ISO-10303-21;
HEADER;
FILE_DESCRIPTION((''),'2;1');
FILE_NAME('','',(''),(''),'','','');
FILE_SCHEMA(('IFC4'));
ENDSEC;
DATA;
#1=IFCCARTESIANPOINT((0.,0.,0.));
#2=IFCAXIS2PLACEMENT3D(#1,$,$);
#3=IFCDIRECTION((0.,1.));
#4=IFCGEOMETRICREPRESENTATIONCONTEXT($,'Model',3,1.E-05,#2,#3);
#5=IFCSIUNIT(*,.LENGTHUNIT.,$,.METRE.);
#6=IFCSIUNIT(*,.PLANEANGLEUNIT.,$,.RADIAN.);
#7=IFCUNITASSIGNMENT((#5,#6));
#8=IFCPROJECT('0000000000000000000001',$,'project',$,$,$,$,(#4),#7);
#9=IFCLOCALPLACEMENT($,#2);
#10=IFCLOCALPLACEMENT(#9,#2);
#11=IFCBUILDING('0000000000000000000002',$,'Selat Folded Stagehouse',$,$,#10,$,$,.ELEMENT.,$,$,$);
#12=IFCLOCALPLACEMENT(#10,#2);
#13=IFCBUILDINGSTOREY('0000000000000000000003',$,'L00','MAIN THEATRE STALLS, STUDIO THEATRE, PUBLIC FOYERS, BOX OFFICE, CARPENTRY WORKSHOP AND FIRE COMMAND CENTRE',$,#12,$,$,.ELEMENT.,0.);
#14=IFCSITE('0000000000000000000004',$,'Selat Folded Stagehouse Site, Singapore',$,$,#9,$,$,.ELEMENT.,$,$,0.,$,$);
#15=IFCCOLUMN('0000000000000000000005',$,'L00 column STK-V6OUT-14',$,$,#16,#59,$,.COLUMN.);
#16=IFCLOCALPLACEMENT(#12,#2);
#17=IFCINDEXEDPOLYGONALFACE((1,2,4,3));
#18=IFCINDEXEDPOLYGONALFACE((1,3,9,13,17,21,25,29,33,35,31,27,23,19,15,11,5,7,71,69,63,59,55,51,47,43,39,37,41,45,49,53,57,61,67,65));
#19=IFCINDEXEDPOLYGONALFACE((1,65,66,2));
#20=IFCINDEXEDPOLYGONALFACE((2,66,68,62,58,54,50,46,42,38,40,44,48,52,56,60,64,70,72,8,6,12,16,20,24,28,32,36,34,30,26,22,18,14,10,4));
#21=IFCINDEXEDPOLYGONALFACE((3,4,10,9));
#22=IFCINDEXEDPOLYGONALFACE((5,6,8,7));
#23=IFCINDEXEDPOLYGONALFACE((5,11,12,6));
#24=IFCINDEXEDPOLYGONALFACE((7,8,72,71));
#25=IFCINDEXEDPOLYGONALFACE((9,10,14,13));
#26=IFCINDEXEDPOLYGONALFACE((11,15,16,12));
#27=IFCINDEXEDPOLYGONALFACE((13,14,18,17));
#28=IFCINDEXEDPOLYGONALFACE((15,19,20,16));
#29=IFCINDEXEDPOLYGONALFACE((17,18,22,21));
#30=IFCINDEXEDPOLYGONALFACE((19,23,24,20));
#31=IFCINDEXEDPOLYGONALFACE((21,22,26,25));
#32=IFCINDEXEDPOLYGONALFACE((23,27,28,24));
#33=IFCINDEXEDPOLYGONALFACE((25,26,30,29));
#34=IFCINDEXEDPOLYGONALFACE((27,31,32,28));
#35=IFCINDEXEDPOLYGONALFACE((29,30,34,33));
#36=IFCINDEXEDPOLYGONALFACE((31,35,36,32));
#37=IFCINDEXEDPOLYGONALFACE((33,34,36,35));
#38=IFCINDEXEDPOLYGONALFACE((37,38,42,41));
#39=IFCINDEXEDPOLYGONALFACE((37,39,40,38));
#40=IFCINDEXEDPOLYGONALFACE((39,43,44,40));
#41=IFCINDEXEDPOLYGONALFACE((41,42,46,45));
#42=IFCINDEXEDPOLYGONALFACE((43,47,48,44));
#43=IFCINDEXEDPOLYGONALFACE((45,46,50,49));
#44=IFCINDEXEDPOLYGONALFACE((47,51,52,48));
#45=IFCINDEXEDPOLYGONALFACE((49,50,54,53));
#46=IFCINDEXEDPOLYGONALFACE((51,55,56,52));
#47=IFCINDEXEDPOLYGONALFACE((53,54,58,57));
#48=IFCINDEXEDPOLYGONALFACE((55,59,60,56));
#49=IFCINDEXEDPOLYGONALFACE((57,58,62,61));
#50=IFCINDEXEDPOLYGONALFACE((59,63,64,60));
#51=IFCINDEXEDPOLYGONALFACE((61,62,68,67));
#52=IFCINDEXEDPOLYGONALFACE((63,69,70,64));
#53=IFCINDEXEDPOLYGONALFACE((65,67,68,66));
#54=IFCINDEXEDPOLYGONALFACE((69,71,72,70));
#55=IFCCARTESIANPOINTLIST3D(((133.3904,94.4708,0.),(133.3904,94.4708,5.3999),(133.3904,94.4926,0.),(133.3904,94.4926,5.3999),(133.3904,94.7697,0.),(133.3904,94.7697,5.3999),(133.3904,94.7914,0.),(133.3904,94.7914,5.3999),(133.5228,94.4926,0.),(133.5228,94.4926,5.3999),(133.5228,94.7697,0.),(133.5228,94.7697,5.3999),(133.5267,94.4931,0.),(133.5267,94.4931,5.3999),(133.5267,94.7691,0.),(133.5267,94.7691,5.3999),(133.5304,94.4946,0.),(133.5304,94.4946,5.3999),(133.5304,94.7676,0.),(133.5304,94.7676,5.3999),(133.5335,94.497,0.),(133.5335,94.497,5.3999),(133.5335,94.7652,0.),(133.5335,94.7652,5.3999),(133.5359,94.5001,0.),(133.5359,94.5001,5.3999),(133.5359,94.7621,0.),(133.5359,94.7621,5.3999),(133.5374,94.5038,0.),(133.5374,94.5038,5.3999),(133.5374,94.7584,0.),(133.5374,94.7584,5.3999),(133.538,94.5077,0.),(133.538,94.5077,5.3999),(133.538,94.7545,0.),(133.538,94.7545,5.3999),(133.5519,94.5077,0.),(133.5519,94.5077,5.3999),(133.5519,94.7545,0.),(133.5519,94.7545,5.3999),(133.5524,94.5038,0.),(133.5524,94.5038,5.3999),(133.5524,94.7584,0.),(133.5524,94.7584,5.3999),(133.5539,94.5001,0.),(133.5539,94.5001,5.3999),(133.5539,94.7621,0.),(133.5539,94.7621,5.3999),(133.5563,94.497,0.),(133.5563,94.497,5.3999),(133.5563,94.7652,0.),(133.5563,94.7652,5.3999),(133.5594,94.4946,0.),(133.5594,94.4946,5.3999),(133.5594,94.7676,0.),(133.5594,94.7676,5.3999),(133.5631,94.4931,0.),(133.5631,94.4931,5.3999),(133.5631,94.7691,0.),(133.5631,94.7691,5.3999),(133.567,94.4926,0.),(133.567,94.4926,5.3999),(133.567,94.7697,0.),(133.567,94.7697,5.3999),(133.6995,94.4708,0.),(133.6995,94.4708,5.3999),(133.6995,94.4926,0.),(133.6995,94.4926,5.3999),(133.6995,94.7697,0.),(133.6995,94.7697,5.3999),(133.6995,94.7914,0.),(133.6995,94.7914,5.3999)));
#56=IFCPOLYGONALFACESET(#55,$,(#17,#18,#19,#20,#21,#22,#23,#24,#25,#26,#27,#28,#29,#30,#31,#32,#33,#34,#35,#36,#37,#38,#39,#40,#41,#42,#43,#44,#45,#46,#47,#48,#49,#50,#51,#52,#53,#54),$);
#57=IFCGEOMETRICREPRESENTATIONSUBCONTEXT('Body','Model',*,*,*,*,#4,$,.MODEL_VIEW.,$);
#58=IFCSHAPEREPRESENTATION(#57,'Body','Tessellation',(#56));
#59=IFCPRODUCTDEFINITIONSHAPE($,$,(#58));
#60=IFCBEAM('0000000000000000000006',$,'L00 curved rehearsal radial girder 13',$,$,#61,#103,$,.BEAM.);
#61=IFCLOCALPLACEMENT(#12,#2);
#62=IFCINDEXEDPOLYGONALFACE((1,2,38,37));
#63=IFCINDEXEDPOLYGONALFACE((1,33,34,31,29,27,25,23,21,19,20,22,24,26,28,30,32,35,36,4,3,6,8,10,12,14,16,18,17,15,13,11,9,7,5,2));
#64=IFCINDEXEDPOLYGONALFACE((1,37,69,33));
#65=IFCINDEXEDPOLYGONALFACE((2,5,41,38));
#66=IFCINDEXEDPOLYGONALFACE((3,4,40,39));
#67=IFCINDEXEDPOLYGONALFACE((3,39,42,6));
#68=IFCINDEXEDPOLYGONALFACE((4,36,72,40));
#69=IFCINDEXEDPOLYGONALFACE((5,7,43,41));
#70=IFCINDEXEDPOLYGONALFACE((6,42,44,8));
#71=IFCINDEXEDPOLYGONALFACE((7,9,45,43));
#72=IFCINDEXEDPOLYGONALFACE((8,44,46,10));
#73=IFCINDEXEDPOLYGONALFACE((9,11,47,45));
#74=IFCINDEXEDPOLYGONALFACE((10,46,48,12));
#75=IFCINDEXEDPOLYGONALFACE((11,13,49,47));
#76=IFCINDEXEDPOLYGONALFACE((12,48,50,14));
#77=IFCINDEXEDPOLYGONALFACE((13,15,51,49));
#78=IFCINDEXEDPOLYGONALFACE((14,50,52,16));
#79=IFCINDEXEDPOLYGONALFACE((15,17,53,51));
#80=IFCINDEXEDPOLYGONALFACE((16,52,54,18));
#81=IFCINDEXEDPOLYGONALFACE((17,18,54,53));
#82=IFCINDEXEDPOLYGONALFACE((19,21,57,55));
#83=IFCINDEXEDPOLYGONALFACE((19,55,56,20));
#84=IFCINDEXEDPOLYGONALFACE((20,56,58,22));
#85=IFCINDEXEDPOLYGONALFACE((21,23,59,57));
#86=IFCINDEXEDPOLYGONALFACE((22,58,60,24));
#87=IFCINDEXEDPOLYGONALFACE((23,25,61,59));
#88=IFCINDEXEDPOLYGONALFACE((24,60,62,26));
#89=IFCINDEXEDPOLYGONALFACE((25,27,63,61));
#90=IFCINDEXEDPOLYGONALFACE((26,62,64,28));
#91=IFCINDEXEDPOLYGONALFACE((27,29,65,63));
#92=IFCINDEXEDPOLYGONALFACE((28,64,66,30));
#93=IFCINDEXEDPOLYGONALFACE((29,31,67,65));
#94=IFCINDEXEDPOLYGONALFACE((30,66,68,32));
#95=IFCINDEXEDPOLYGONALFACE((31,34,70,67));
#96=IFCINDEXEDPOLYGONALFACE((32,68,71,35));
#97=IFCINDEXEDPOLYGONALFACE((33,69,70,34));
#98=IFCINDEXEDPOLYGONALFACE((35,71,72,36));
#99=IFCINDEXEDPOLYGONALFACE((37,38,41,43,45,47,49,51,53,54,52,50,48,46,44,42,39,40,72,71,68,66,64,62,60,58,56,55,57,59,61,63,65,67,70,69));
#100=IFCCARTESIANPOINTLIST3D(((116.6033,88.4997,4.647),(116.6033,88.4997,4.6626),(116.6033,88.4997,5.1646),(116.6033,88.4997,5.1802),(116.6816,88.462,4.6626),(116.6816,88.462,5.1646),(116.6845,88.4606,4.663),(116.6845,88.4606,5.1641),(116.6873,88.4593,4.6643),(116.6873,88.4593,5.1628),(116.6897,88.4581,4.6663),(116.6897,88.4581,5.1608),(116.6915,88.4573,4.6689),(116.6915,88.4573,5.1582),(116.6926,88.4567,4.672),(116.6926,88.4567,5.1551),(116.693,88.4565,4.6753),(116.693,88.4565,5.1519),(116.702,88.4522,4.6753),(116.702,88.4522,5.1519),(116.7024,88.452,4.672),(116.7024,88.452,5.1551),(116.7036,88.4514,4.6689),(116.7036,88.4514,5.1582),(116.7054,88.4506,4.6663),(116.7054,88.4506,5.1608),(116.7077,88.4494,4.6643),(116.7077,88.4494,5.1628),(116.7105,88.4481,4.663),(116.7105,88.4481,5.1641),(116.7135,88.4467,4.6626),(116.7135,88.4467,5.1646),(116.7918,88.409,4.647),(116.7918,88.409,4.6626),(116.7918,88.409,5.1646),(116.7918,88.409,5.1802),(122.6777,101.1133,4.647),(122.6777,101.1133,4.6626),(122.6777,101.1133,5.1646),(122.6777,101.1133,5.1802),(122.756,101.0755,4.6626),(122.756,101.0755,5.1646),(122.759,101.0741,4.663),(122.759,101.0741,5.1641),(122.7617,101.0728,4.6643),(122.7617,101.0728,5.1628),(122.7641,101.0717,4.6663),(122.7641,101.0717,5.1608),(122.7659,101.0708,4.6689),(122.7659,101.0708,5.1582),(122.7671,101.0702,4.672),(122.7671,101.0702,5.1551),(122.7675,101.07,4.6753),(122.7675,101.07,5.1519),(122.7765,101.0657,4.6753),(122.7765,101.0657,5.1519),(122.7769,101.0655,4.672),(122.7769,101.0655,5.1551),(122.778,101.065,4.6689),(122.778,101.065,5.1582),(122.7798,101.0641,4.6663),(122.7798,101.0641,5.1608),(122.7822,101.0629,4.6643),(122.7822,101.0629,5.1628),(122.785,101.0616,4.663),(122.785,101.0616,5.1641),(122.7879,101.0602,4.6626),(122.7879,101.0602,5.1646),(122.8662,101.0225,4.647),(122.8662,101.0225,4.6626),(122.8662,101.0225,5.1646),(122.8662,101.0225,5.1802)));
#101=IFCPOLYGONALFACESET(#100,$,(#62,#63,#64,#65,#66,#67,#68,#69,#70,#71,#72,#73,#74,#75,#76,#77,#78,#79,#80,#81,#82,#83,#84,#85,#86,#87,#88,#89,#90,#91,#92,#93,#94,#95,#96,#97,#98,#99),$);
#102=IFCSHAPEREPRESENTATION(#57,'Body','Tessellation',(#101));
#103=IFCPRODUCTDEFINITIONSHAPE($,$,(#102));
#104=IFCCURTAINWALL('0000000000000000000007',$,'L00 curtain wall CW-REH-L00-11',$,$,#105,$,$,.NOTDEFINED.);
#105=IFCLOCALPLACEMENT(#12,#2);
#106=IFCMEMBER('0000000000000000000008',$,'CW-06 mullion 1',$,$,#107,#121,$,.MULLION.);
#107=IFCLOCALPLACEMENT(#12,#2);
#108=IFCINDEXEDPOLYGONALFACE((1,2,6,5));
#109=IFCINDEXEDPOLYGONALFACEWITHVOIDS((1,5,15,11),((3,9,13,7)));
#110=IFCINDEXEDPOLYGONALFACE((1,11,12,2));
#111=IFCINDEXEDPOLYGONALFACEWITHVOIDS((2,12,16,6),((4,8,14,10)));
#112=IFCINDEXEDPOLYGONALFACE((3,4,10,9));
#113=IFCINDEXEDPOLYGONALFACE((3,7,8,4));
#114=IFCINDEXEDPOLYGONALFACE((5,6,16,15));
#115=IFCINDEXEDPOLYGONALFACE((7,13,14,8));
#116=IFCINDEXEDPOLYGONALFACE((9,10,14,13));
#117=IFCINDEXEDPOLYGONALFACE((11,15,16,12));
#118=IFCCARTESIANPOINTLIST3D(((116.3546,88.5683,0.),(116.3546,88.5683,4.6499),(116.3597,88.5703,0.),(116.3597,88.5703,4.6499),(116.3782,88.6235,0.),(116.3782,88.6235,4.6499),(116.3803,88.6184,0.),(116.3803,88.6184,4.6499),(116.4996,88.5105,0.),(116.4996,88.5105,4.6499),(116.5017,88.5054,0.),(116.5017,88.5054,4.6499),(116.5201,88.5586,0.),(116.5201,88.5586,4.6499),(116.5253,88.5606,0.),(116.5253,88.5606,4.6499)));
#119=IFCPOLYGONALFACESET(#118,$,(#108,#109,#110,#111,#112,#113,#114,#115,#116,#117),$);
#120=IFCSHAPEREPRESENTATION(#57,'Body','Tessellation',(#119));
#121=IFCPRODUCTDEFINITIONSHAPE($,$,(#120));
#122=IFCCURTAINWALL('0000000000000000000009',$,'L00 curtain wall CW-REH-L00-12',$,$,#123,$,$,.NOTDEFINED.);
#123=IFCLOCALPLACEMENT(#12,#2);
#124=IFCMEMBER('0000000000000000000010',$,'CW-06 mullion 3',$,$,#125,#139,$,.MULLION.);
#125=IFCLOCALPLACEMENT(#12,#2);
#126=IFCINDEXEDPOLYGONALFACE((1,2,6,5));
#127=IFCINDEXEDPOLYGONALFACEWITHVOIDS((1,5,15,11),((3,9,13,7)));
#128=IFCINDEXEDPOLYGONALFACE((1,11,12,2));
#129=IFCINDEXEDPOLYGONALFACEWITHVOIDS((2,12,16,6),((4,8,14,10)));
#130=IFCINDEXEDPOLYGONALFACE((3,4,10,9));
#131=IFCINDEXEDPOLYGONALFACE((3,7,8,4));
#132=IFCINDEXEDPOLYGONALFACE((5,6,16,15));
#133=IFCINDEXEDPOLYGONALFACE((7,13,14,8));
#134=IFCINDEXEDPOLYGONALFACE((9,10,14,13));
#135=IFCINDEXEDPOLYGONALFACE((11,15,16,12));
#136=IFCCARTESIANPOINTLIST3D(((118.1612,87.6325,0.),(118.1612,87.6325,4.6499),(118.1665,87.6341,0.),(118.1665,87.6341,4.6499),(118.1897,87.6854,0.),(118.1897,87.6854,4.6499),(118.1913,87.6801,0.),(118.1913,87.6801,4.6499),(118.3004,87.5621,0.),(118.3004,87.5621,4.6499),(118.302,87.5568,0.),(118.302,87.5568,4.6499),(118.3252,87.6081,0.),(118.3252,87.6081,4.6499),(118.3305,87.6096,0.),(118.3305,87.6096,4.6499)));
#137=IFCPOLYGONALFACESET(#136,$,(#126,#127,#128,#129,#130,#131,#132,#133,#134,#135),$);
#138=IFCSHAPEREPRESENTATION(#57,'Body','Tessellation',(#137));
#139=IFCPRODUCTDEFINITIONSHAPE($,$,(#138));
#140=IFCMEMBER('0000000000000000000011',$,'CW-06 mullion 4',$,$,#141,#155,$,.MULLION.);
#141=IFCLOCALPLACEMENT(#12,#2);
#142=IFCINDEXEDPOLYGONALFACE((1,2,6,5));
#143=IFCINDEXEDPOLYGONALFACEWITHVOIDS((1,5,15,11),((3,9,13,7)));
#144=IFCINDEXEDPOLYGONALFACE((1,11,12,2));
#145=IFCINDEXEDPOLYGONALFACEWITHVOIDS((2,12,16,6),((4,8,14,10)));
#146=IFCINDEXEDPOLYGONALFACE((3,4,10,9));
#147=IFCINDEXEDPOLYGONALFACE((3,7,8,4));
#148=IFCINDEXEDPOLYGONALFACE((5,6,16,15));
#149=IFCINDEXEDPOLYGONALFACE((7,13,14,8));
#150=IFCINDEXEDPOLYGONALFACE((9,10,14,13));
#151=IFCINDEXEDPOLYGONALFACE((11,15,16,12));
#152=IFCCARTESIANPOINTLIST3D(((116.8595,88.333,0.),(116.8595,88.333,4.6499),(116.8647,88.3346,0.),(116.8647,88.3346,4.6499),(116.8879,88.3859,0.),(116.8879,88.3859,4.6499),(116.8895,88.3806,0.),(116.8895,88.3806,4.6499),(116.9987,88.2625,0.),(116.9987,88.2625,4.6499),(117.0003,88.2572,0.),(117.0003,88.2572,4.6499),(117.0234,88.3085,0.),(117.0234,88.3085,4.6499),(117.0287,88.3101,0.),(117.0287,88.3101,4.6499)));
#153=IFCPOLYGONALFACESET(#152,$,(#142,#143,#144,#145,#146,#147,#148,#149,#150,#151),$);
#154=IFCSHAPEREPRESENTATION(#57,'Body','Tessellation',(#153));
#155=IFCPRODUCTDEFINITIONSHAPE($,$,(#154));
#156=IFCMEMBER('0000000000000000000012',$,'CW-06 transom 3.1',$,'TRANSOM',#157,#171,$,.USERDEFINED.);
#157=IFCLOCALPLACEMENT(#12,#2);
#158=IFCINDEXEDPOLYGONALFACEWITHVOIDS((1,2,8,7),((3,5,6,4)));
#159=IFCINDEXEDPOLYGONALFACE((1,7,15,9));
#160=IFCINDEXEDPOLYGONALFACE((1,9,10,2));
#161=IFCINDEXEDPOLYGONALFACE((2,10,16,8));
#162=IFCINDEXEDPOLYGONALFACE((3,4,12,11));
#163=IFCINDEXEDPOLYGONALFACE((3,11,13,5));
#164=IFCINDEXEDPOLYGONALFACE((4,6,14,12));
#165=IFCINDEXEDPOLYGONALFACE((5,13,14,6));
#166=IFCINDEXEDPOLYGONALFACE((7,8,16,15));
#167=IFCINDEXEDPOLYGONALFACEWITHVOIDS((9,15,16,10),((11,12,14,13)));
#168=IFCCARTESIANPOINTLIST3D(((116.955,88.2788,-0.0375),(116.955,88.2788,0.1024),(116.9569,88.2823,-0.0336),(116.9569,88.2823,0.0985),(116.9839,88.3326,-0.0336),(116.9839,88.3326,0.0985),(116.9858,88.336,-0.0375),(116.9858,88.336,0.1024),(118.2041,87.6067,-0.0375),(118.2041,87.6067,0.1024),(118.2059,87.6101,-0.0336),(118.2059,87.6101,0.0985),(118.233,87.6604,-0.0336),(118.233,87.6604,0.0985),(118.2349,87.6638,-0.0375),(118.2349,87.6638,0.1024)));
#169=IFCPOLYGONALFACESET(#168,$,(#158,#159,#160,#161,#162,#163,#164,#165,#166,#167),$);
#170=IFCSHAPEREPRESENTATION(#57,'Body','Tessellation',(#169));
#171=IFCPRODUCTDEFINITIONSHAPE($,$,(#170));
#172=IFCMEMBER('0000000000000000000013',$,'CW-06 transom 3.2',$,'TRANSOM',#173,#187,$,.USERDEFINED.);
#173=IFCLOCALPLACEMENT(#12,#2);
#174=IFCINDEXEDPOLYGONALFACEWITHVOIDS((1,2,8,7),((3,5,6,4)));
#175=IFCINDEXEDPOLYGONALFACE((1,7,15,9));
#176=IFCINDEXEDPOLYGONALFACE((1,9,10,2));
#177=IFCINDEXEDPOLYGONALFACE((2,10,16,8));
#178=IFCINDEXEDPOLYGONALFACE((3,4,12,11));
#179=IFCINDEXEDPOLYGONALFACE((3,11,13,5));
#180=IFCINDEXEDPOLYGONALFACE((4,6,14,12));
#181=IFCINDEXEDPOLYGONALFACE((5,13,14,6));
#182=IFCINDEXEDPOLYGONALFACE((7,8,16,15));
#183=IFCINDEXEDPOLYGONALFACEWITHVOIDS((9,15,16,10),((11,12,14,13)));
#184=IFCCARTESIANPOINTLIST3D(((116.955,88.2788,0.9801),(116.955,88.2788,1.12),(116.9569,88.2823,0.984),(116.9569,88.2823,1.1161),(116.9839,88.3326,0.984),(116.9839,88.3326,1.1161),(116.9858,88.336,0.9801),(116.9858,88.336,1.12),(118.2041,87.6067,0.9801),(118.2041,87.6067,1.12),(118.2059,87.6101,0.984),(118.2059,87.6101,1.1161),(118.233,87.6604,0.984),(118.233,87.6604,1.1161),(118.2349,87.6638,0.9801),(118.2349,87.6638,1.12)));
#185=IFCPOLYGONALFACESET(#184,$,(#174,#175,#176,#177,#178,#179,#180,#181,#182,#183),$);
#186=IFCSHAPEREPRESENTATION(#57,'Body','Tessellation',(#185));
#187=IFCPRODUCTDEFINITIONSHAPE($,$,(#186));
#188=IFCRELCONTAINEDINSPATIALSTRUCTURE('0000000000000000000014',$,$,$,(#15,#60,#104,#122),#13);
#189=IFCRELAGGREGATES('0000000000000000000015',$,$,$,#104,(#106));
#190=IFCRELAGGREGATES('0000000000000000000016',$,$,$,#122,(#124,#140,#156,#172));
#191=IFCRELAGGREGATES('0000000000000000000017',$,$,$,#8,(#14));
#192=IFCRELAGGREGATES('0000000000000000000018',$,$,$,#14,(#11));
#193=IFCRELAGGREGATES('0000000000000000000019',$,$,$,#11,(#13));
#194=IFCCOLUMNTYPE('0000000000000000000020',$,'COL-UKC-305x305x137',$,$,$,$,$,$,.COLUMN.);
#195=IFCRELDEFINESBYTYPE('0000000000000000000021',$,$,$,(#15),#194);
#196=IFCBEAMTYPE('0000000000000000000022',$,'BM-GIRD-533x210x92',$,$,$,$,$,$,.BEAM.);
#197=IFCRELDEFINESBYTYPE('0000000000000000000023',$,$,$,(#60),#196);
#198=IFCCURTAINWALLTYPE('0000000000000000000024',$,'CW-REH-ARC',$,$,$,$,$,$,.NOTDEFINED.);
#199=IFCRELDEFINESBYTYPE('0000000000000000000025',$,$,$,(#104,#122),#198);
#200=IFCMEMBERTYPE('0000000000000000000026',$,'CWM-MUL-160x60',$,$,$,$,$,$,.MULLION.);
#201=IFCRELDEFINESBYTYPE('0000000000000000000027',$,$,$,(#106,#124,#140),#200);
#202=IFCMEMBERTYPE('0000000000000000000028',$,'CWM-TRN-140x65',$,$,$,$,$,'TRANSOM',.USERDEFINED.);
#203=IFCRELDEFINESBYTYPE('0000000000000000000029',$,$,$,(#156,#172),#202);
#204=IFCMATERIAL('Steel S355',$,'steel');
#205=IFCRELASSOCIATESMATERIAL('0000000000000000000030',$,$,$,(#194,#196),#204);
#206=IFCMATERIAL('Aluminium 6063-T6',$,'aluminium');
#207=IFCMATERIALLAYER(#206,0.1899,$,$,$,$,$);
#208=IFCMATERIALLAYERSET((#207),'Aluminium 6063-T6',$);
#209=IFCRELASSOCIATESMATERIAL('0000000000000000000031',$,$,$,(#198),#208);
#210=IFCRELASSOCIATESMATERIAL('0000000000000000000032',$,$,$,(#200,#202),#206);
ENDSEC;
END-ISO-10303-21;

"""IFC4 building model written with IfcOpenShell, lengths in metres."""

from ifc_helpers import new_model, si_unit, direction, frame, origin, origin_2d, place, context, subcontext, project, spatial, hollow_rectangle, i_section, extrude, material, layer, layer_set, material_profile, profile_set, type_object, element, aggregate, save


model = new_model("IFC4")

# Units and contexts
model_context = context("Model", 3, precision=1e-05, world=origin(), true_north=direction((0.0, 1.0)))
body_context = subcontext(model_context, "Body", "Model", "MODEL_VIEW")
ifc_project = project(units=[si_unit("LENGTHUNIT", "METRE"), si_unit("PLANEANGLEUNIT", "RADIAN")], contexts=[model_context])

# Site, building, storey
site_placement = place(None, origin())
site = spatial("IfcSite", under=ifc_project, at=site_placement, Name="Selat Folded Stagehouse Site, Singapore", CompositionType="ELEMENT", RefElevation=0.0)
building_placement = place(site_placement, origin())
building = spatial("IfcBuilding", under=site, at=building_placement, Name="Selat Folded Stagehouse", CompositionType="ELEMENT")
storey_placement = place(building_placement, origin())
storey = spatial("IfcBuildingStorey", under=building, at=storey_placement, Name="L00", Description="MAIN THEATRE STALLS, STUDIO THEATRE, PUBLIC FOYERS, BOX OFFICE, CARPENTRY WORKSHOP AND FIRE COMMAND CENTRE", CompositionType="ELEMENT", Elevation=0.0)

# Column
ifc_material_1 = material(Name="Steel S355", Category="steel")
ifc_material_profile_1 = material_profile(ifc_material_1, i_section(OverallWidth=0.3091, OverallDepth=0.3206, WebThickness=0.0139, FlangeThickness=0.0217, FilletRadius=0.0151, at=origin_2d()), Name="UKC 305x305x137")
ifc_profile_set_1 = profile_set([ifc_material_profile_1], Name="Steel S355")
column_type_1 = type_object("IfcColumnType", Name="COL-UKC-305x305x137", PredefinedType="COLUMN", material=ifc_profile_set_1)
for number, where, z_axis, x_axis, name in (
    (1, (133.5449, 94.6311, 0.0), (0.0, 0.0, 1.0), (1.0, 0.0, 0.0), "L00 column STK-V6OUT-14"),
):
    element("IfcColumn", number, at=place(storey_placement, frame(where, z_axis=z_axis, x_axis=x_axis)), inside=storey, type_object=column_type_1, Name=name, PredefinedType="COLUMN", context=body_context, shape_type="SweptSolid", body=[
        extrude(i_section(OverallWidth=0.3091, OverallDepth=0.3206, WebThickness=0.0139, FlangeThickness=0.0217, FilletRadius=0.0151, at=origin_2d()), origin(), (0.0, 0.0, 1.0), 5.3999),
    ])

# Beam
ifc_material_profile_2 = material_profile(ifc_material_1, i_section(OverallWidth=0.2092, OverallDepth=0.5332, WebThickness=0.01, FlangeThickness=0.0156, FilletRadius=0.0127, at=origin_2d()), Name="UKB 533x210x92")
ifc_profile_set_2 = profile_set([ifc_material_profile_2], Name="Steel S355")
beam_type_1 = type_object("IfcBeamType", Name="BM-GIRD-533x210x92", PredefinedType="BEAM", material=ifc_profile_set_2)
beam_1_placement = place(storey_placement, frame((116.6975, 88.4543, 4.9136), z_axis=(0.43389, 0.900966, 0.0), x_axis=(-0.900966, 0.43389, 0.0)))
element("IfcBeam", 2, at=beam_1_placement, inside=storey, type_object=beam_type_1, Name="L00 curved rehearsal radial girder 13", PredefinedType="BEAM", context=body_context, shape_type="SweptSolid", body=[
    extrude(i_section(OverallWidth=0.2092, OverallDepth=0.5332, WebThickness=0.01, FlangeThickness=0.0156, FilletRadius=0.0127, at=origin_2d()), origin(), (0.0, 0.0, 1.0), 14.0),
])

# Curtain wall, member
ifc_material_2 = material(Name="Aluminium 6063-T6", Category="aluminium")
ifc_layer_1 = layer(ifc_material_2, 0.1899)
ifc_layer_set_1 = layer_set([ifc_layer_1], Name="Aluminium 6063-T6")
curtain_wall_type = type_object("IfcCurtainWallType", Name="CW-REH-ARC", PredefinedType="NOTDEFINED", material=ifc_layer_set_1)
curtain_wall_1_placement = place(storey_placement, origin())
curtain_wall_1 = element("IfcCurtainWall", 3, at=curtain_wall_1_placement, inside=storey, type_object=curtain_wall_type, Name="L00 curtain wall CW-REH-L00-11", PredefinedType="NOTDEFINED")
ifc_material_profile_3 = material_profile(ifc_material_2, hollow_rectangle(XDim=0.0601, YDim=0.1599, WallThickness=0.0039, at=origin_2d()), Name="ALU 160x60x4.0")
ifc_profile_set_3 = profile_set([ifc_material_profile_3], Name="Aluminium 6063-T6")
member_type_1 = type_object("IfcMemberType", Name="CWM-MUL-160x60", PredefinedType="MULLION", material=ifc_profile_set_3)
member_1_placement = place(storey_placement, frame((116.4399, 88.5645, 0.0), z_axis=(0.0, 0.0, 1.0), x_axis=(-0.393012, -0.919533, 0.0)))
member_1 = element("IfcMember", 4, at=member_1_placement, type_object=member_type_1, Name="CW-06 mullion 1", PredefinedType="MULLION", context=body_context, shape_type="SweptSolid", body=[
    extrude(hollow_rectangle(XDim=0.0601, YDim=0.1599, WallThickness=0.0039, at=origin_2d()), origin(), (0.0, 0.0, 1.0), 4.6499),
])
aggregate(curtain_wall_1, [member_1])

# Curtain wall, members
curtain_wall_2_placement = place(storey_placement, origin())
curtain_wall_2 = element("IfcCurtainWall", 5, at=curtain_wall_2_placement, inside=storey, type_object=curtain_wall_type, Name="L00 curtain wall CW-REH-L00-12", PredefinedType="NOTDEFINED")
member_2_placement = place(storey_placement, frame((118.2458, 87.6211, 0.0), z_axis=(0.0, 0.0, 1.0), x_axis=(-0.473859, -0.880601, 0.0)))
member_2 = element("IfcMember", 6, at=member_2_placement, type_object=member_type_1, Name="CW-06 mullion 3", PredefinedType="MULLION", context=body_context, shape_type="SweptSolid", body=[
    extrude(hollow_rectangle(XDim=0.0601, YDim=0.1599, WallThickness=0.0039, at=origin_2d()), origin(), (0.0, 0.0, 1.0), 4.6499),
])
member_3_placement = place(storey_placement, frame((116.9441, 88.3215, 0.0), z_axis=(0.0, 0.0, 1.0), x_axis=(-0.473859, -0.880601, 0.0)))
member_3 = element("IfcMember", 7, at=member_3_placement, type_object=member_type_1, Name="CW-06 mullion 4", PredefinedType="MULLION", context=body_context, shape_type="SweptSolid", body=[
    extrude(hollow_rectangle(XDim=0.0601, YDim=0.1599, WallThickness=0.0039, at=origin_2d()), origin(), (0.0, 0.0, 1.0), 4.6499),
])
ifc_material_profile_4 = material_profile(ifc_material_2, hollow_rectangle(XDim=0.0649, YDim=0.1399, WallThickness=0.0039, at=origin_2d()), Name="ALU 140x65x4.0")
ifc_profile_set_4 = profile_set([ifc_material_profile_4], Name="Aluminium 6063-T6")
member_type_2 = type_object("IfcMemberType", Name="CWM-TRN-140x65", ElementType="TRANSOM", PredefinedType="USERDEFINED", material=ifc_profile_set_4)
member_4_placement = place(storey_placement, frame((118.2195, 87.6353, 0.0325), z_axis=(-0.880598, 0.473864, 0.0), x_axis=(-0.473864, -0.880598, 0.0)))
member_4 = element("IfcMember", 8, at=member_4_placement, type_object=member_type_2, Name="CW-06 transom 3.1", ObjectType="TRANSOM", PredefinedType="USERDEFINED", context=body_context, shape_type="SweptSolid", body=[
    extrude(hollow_rectangle(XDim=0.0649, YDim=0.1399, WallThickness=0.0039, at=origin_2d()), origin(), (0.0, 0.0, 1.0), 1.4185),
])
member_5_placement = place(storey_placement, frame((118.2195, 87.6353, 1.05), z_axis=(-0.880598, 0.473864, 0.0), x_axis=(-0.473864, -0.880598, 0.0)))
member_5 = element("IfcMember", 9, at=member_5_placement, type_object=member_type_2, Name="CW-06 transom 3.2", ObjectType="TRANSOM", PredefinedType="USERDEFINED", context=body_context, shape_type="SweptSolid", body=[
    extrude(hollow_rectangle(XDim=0.0649, YDim=0.1399, WallThickness=0.0039, at=origin_2d()), origin(), (0.0, 0.0, 1.0), 1.4185),
])

aggregate(curtain_wall_2, [member_2, member_3, member_4, member_5])

save(model, "model.ifc")
